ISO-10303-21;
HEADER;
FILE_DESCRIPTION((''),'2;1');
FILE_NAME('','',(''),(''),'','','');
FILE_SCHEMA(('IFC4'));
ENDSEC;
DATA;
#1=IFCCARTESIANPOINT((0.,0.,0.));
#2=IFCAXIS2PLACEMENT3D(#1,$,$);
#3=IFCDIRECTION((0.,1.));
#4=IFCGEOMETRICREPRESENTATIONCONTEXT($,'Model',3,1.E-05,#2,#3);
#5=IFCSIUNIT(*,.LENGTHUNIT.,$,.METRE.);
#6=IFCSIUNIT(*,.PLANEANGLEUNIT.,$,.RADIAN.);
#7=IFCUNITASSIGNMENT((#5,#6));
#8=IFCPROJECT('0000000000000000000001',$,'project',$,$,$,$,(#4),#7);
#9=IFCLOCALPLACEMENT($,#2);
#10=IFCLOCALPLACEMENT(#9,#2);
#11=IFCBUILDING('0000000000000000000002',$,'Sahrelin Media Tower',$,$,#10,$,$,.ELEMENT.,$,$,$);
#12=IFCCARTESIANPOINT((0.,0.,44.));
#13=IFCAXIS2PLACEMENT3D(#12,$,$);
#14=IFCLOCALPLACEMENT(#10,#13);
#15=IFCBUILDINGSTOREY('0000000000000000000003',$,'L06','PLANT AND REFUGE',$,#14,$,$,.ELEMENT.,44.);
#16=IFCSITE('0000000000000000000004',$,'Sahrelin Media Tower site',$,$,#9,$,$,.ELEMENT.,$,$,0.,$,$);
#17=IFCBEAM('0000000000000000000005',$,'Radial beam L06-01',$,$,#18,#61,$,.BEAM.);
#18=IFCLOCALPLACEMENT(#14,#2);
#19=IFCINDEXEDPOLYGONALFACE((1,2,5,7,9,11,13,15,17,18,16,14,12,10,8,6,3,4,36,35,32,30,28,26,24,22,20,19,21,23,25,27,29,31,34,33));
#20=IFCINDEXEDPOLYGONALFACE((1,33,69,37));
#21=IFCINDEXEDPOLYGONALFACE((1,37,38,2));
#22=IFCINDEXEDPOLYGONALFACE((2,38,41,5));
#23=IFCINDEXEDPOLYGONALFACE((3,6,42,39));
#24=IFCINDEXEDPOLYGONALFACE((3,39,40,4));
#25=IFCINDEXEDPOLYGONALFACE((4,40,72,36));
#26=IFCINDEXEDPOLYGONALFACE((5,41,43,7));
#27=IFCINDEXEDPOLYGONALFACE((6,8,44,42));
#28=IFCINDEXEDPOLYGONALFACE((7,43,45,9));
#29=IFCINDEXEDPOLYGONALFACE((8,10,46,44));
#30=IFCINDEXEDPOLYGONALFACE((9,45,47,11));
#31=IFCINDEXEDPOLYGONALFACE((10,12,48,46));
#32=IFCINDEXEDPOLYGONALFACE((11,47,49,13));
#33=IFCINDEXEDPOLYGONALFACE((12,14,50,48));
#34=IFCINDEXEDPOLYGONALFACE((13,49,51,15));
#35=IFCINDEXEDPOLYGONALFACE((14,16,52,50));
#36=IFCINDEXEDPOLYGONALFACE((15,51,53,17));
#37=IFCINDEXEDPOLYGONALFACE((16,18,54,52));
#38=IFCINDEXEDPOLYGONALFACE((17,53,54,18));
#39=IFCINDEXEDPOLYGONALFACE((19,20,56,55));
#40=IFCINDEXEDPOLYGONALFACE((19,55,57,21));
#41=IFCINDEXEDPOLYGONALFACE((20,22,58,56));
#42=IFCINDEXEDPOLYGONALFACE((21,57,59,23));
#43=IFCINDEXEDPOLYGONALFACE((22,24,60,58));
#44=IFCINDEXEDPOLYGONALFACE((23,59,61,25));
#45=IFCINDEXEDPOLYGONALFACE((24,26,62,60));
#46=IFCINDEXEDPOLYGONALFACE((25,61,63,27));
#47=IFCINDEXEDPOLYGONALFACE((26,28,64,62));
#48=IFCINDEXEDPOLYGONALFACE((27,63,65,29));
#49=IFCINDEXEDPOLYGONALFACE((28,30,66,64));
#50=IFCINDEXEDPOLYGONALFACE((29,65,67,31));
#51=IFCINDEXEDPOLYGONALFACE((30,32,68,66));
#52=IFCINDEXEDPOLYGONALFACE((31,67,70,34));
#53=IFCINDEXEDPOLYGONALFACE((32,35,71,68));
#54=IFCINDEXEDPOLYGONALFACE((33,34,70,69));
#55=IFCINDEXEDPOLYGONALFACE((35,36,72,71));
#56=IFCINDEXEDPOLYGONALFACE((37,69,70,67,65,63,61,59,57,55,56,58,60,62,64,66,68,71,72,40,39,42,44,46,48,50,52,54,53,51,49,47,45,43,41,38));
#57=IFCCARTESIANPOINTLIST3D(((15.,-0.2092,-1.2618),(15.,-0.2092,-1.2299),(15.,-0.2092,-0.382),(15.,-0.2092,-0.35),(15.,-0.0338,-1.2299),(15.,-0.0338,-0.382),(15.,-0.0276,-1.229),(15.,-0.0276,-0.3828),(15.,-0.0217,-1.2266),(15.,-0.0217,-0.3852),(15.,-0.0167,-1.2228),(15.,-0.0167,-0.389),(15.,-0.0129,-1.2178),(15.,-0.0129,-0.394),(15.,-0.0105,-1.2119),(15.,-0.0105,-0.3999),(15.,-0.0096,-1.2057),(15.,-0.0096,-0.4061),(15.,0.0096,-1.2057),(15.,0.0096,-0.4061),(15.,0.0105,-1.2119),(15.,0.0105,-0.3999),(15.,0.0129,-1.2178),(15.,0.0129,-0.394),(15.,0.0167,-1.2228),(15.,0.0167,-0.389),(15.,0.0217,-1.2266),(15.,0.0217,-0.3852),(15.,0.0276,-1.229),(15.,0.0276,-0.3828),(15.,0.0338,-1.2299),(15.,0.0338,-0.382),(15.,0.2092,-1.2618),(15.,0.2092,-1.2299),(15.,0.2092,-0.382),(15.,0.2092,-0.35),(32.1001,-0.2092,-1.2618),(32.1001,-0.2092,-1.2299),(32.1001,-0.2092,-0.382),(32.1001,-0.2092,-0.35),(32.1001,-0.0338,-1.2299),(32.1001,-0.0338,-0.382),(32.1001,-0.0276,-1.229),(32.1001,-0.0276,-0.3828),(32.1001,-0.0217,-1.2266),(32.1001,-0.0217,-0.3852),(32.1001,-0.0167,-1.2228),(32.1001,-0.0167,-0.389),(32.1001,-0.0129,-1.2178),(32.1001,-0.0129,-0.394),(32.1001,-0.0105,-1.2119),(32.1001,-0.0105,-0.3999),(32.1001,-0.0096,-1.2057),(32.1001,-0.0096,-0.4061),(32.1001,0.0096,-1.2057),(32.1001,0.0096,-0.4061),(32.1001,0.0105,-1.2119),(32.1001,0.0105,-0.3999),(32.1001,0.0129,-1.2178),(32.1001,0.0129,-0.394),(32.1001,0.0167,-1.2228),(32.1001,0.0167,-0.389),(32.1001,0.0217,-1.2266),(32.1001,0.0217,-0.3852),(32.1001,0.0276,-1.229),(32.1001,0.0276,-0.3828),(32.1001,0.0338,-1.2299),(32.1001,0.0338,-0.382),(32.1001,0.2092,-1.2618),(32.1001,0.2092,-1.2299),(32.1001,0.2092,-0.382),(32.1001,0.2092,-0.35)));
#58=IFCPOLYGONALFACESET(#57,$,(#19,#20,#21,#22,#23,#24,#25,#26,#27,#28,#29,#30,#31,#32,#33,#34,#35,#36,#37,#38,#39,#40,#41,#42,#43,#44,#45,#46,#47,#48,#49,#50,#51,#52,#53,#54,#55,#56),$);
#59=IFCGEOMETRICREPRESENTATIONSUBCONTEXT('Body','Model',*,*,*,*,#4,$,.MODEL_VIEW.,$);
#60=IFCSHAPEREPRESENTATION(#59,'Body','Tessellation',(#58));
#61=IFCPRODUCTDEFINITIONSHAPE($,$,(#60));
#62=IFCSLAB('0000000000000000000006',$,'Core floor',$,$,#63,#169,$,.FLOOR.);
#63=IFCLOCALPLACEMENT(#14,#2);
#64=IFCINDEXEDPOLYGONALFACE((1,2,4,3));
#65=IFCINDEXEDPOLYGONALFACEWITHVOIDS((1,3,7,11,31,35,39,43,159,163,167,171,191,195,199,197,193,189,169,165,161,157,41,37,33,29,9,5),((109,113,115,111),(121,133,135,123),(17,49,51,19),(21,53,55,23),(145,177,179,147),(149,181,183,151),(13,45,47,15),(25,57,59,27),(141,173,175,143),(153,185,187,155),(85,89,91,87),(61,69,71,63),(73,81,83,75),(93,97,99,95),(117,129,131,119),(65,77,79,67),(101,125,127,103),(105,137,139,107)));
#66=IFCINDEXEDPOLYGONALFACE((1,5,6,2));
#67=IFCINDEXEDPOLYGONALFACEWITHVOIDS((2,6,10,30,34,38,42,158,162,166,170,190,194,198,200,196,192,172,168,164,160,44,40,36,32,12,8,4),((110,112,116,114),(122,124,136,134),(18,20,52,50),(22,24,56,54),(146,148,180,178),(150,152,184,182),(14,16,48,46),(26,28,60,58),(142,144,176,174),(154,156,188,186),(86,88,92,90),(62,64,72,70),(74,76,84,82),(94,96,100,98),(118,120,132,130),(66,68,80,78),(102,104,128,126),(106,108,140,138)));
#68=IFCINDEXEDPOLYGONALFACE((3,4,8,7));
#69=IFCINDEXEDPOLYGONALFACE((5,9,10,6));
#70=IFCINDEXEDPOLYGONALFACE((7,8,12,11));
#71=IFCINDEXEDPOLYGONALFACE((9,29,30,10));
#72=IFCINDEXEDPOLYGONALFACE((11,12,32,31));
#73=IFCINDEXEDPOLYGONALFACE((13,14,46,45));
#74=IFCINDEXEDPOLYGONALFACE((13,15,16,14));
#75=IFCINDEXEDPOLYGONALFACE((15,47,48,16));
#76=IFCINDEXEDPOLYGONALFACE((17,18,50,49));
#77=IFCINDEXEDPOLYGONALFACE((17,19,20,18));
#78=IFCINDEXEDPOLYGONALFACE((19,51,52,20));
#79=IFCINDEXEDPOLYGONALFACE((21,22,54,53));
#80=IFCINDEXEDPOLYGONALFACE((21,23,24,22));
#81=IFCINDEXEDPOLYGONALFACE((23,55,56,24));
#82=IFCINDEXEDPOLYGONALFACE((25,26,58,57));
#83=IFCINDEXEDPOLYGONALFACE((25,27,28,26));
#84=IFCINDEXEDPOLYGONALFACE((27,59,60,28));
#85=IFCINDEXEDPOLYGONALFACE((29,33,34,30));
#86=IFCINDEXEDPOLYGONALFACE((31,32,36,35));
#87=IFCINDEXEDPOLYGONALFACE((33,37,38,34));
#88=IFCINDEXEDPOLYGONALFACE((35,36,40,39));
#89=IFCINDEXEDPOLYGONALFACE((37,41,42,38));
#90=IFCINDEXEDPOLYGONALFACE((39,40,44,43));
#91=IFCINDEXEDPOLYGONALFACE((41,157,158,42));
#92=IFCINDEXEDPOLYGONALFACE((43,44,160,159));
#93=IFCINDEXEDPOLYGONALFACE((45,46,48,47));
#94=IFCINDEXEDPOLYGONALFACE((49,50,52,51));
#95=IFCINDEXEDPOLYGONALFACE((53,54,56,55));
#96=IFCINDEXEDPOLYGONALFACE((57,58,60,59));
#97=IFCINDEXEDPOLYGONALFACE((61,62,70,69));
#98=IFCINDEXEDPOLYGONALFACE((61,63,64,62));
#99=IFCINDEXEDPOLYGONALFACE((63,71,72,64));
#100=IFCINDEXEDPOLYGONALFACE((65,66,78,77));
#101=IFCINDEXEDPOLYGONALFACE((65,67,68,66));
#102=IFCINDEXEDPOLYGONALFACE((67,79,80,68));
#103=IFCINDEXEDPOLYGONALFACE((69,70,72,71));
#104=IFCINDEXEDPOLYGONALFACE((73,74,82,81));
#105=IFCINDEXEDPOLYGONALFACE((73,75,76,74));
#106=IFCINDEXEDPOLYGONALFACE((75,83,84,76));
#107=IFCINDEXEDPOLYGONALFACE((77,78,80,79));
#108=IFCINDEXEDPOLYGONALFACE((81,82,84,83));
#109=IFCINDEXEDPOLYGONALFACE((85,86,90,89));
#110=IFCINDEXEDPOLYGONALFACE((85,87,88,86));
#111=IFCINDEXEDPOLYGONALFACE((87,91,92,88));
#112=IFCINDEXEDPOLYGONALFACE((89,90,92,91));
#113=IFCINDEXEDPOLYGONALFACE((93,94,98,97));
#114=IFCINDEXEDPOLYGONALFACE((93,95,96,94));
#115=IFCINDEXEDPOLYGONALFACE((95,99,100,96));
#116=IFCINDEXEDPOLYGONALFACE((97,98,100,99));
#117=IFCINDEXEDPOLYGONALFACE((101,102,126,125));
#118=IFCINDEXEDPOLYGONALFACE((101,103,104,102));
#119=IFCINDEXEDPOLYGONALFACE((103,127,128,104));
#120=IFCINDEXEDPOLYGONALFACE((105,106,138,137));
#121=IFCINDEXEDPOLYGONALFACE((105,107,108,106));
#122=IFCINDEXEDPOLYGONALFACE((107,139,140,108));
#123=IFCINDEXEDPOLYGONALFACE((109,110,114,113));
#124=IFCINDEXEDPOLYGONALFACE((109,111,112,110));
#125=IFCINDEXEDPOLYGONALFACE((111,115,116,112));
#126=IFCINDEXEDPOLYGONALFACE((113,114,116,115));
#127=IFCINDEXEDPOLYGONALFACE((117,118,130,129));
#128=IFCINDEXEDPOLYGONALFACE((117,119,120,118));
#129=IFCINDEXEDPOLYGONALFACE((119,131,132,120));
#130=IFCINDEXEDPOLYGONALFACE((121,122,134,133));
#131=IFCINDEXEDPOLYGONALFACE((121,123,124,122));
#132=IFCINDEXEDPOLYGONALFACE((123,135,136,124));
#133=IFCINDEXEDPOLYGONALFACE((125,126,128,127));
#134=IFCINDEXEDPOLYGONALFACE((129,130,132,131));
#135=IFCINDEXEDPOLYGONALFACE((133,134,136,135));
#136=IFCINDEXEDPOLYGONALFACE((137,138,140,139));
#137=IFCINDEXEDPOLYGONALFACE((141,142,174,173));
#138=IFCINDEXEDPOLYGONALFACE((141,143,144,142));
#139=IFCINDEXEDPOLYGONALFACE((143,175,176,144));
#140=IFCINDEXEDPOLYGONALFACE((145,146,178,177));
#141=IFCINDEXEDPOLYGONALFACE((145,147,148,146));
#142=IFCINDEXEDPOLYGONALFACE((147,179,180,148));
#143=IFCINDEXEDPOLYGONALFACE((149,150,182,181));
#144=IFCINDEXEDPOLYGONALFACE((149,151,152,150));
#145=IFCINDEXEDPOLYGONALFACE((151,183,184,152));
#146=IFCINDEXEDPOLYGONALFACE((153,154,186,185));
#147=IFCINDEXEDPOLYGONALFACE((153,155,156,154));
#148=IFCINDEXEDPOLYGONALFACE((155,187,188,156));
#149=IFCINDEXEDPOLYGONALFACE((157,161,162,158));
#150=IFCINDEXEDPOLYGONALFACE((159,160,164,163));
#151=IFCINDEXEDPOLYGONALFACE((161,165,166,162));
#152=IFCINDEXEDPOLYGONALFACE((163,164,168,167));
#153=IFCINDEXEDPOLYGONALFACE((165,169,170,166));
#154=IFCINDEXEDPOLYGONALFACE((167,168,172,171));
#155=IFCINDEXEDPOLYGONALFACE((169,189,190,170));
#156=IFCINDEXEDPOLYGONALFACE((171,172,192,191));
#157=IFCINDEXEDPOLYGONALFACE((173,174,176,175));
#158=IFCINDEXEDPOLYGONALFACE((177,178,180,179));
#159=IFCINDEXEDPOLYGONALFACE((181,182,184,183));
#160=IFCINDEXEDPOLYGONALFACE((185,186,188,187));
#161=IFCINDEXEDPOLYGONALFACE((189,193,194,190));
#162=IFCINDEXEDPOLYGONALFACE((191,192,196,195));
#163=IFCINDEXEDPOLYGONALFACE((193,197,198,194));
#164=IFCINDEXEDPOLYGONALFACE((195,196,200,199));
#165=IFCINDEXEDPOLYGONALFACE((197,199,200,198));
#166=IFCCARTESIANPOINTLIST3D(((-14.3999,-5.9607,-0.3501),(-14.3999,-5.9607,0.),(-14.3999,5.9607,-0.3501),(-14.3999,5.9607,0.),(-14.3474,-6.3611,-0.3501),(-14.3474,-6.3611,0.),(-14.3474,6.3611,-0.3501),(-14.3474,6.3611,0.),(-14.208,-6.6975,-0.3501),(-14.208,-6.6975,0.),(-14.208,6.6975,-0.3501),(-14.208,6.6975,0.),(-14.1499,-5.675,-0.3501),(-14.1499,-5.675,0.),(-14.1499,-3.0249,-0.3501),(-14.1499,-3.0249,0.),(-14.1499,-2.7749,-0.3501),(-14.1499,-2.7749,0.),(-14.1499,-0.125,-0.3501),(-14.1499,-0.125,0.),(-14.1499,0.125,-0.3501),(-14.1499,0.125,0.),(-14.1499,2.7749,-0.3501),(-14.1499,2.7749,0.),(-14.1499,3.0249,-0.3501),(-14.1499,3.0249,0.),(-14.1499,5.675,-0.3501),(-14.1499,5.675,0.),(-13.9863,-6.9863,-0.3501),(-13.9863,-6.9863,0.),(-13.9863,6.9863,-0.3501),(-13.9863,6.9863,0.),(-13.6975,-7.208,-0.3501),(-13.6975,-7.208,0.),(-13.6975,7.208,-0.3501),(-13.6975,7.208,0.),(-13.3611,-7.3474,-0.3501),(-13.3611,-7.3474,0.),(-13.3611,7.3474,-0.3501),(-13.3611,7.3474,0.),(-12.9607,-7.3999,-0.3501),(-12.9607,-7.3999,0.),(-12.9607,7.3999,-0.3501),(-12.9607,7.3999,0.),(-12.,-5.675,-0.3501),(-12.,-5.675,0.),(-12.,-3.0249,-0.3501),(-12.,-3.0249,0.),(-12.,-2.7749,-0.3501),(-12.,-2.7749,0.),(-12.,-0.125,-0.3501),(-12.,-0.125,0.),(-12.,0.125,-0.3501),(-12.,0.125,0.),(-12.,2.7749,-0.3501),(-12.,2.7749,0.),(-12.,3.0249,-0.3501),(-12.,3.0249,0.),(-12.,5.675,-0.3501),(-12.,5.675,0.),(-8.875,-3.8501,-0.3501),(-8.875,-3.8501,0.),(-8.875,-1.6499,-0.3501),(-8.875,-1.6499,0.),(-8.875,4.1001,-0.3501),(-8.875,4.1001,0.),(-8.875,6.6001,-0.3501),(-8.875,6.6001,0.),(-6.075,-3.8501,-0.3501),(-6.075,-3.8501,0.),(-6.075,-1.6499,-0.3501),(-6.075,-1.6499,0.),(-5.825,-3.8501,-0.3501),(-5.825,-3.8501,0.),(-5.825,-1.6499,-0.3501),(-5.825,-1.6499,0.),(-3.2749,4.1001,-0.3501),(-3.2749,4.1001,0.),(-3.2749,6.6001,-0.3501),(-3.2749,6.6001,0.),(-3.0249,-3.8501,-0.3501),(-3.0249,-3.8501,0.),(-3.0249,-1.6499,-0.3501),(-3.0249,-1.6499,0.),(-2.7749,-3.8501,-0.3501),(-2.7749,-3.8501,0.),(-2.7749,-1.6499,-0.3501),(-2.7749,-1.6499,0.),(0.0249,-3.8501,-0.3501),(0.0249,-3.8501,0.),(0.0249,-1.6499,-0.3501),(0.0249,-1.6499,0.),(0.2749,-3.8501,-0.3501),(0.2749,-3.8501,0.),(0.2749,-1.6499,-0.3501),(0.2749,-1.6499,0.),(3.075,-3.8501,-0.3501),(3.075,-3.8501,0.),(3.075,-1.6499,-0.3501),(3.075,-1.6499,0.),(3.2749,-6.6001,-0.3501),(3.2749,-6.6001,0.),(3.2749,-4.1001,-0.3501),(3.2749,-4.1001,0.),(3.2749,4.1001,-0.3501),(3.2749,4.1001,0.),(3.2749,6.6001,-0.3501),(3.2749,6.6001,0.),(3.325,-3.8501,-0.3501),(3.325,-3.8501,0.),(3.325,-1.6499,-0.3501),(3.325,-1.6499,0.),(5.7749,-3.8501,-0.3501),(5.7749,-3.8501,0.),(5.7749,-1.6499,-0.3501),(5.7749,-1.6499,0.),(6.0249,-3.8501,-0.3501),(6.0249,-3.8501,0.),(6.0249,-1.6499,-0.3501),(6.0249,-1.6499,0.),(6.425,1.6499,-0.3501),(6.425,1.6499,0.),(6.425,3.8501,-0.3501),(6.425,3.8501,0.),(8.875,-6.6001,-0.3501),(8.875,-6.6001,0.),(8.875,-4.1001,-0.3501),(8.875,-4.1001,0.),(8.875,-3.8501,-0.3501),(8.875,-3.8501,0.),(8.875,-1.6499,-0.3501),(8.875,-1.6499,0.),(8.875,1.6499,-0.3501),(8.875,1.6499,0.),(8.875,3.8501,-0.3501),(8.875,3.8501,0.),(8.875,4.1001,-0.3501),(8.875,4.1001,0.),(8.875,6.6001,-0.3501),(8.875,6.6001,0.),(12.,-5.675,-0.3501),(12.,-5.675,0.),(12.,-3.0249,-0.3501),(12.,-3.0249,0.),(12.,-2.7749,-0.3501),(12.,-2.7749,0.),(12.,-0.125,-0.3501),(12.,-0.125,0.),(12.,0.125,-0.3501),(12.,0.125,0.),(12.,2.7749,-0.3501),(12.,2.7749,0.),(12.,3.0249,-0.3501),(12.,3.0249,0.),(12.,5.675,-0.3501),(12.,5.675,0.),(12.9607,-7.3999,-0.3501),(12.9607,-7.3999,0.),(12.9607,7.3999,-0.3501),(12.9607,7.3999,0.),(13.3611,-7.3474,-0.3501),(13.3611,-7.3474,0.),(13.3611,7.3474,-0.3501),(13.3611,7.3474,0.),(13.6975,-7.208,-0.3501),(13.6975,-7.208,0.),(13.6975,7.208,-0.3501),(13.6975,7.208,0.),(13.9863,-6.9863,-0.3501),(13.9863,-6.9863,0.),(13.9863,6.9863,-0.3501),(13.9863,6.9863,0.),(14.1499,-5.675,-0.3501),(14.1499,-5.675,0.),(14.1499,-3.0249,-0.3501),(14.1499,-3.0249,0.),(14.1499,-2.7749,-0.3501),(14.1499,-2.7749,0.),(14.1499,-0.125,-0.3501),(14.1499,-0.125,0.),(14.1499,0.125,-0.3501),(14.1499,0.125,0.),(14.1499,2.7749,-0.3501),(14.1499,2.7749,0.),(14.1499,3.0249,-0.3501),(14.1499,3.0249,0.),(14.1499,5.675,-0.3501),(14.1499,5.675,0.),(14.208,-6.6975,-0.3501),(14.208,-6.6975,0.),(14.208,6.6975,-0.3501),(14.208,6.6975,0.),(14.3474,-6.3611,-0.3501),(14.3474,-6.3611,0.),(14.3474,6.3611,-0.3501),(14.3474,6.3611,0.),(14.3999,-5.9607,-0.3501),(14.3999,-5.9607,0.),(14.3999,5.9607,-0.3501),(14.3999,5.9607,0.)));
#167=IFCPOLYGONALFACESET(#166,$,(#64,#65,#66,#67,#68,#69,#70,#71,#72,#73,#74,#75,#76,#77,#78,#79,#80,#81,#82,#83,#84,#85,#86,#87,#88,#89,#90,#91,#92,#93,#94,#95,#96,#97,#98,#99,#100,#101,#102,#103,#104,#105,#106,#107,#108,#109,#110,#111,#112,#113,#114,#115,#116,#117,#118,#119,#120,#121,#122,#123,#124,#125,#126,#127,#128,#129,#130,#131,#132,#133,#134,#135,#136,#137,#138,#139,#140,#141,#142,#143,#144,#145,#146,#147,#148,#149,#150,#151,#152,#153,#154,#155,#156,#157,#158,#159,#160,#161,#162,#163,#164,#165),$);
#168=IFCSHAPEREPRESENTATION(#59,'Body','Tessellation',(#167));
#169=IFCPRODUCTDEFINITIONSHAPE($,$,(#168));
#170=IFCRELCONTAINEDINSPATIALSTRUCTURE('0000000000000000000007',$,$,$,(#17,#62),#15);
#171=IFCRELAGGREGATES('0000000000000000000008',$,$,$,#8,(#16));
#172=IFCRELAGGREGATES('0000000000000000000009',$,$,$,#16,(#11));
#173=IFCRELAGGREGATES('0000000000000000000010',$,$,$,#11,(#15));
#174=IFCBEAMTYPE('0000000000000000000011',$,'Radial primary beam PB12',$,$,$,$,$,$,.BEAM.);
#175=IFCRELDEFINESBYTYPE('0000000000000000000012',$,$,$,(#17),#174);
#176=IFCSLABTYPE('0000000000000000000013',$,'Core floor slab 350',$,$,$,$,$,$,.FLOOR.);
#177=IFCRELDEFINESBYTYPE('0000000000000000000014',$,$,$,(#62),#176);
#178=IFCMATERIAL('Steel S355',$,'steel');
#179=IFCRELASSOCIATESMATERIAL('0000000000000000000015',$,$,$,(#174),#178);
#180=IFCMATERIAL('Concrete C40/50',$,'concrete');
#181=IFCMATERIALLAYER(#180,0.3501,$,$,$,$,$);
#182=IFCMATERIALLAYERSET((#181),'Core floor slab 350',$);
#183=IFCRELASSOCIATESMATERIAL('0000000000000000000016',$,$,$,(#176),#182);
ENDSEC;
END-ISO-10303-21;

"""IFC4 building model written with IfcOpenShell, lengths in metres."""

from ifc_helpers import new_model, si_unit, direction, frame, origin, origin_2d, place, context, subcontext, project, spatial, polyline, i_section, outline, extrude, material, layer, layer_set, material_profile, profile_set, type_object, element, save


model = new_model("IFC4")

# Units and contexts
model_context = context("Model", 3, precision=1e-05, world=origin(), true_north=direction((0.0, 1.0)))
body_context = subcontext(model_context, "Body", "Model", "MODEL_VIEW")
ifc_project = project(units=[si_unit("LENGTHUNIT", "METRE"), si_unit("PLANEANGLEUNIT", "RADIAN")], contexts=[model_context])

# Site, building, storey
site_placement = place(None, origin())
site = spatial("IfcSite", under=ifc_project, at=site_placement, Name="Sahrelin Media Tower site", CompositionType="ELEMENT", RefElevation=0.0)
building_placement = place(site_placement, origin())
building = spatial("IfcBuilding", under=site, at=building_placement, Name="Sahrelin Media Tower", CompositionType="ELEMENT")
storey_placement = place(building_placement, frame((0.0, 0.0, 44.0)))
storey = spatial("IfcBuildingStorey", under=building, at=storey_placement, Name="L06", Description="PLANT AND REFUGE", CompositionType="ELEMENT", Elevation=44.0)

# Beam
ifc_material_1 = material(Name="Steel S355", Category="steel")
ifc_material_profile = material_profile(ifc_material_1, i_section(OverallWidth=0.4185, OverallDepth=0.9119, WebThickness=0.0193, FlangeThickness=0.032, FilletRadius=0.0242, at=origin_2d()), Name="UB 914x419x343")
ifc_profile_set = profile_set([ifc_material_profile], Name="Steel S355")
beam_type = type_object("IfcBeamType", Name="Radial primary beam PB12", PredefinedType="BEAM", material=ifc_profile_set)
beam_placement = place(storey_placement, frame((15.0, 0.0, -0.8059), z_axis=(1.0, 0.0, 0.0), x_axis=(0.0, 1.0, 0.0)))
element("IfcBeam", 1, at=beam_placement, inside=storey, type_object=beam_type, Name="Radial beam L06-01", PredefinedType="BEAM", context=body_context, shape_type="SweptSolid", body=[
    extrude(i_section(OverallWidth=0.4185, OverallDepth=0.9119, WebThickness=0.0193, FlangeThickness=0.032, FilletRadius=0.0242, at=origin_2d()), origin(), (0.0, 0.0, 1.0), 17.1001),
])

# Slab
ifc_material_2 = material(Name="Concrete C40/50", Category="concrete")
ifc_layer_1 = layer(ifc_material_2, 0.3501)
ifc_layer_set_1 = layer_set([ifc_layer_1], Name="Core floor slab 350")
slab_type_1 = type_object("IfcSlabType", Name="Core floor slab 350", PredefinedType="FLOOR", material=ifc_layer_set_1)
slab_1_placement = place(storey_placement, frame((0.0, 0.0, -0.3501)))
element("IfcSlab", 2, at=slab_1_placement, inside=storey, type_object=slab_type_1, Name="Core floor", PredefinedType="FLOOR", context=body_context, shape_type="SweptSolid", body=[
    extrude(outline(polyline([(-13.9863, 6.9863), (-14.208, 6.6975), (-14.3474, 6.3611), (-14.3999, 5.9607), (-14.3999, -5.9607), (-14.3474, -6.3611), (-14.208, -6.6975), (-13.9863, -6.9863), (-13.6975, -7.208), (-13.3611, -7.3474), (-12.9607, -7.3999), (12.9607, -7.3999), (13.3611, -7.3474), (13.6975, -7.208), (13.9863, -6.9863), (14.208, -6.6975), (14.3474, -6.3611), (14.3999, -5.9607), (14.3999, 5.9607), (14.3474, 6.3611), (14.208, 6.6975), (13.9863, 6.9863), (13.6975, 7.208), (13.3611, 7.3474), (12.9607, 7.3999), (-12.9607, 7.3999), (-13.3611, 7.3474), (-13.6975, 7.208), (-13.9863, 6.9863)]), holes=[polyline([(-14.1499, 5.675), (-14.1499, 3.0249), (-12.0, 3.0249), (-12.0, 5.675), (-14.1499, 5.675)]), polyline([(-12.0, 2.7749), (-14.1499, 2.7749), (-14.1499, 0.125), (-12.0, 0.125), (-12.0, 2.7749)]), polyline([(-12.0, -2.7749), (-12.0, -0.125), (-14.1499, -0.125), (-14.1499, -2.7749), (-12.0, -2.7749)]), polyline([(-14.1499, -5.675), (-12.0, -5.675), (-12.0, -3.0249), (-14.1499, -3.0249), (-14.1499, -5.675)]), polyline([(12.0, 5.675), (12.0, 3.0249), (14.1499, 3.0249), (14.1499, 5.675), (12.0, 5.675)]), polyline([(14.1499, 2.7749), (12.0, 2.7749), (12.0, 0.125), (14.1499, 0.125), (14.1499, 2.7749)]), polyline([(14.1499, -2.7749), (14.1499, -0.125), (12.0, -0.125), (12.0, -2.7749), (14.1499, -2.7749)]), polyline([(12.0, -5.675), (14.1499, -5.675), (14.1499, -3.0249), (12.0, -3.0249), (12.0, -5.675)]), polyline([(6.425, 3.8501), (6.425, 1.6499), (8.875, 1.6499), (8.875, 3.8501), (6.425, 3.8501)]), polyline([(-6.075, -1.6499), (-8.875, -1.6499), (-8.875, -3.8501), (-6.075, -3.8501), (-6.075, -1.6499)]), polyline([(-3.0249, -3.8501), (-3.0249, -1.6499), (-5.825, -1.6499), (-5.825, -3.8501), (-3.0249, -3.8501)]), polyline([(-2.7749, -3.8501), (0.0249, -3.8501), (0.0249, -1.6499), (-2.7749, -1.6499), (-2.7749, -3.8501)]), polyline([(0.2749, -1.6499), (0.2749, -3.8501), (3.075, -3.8501), (3.075, -1.6499), (0.2749, -1.6499)]), polyline([(5.7749, -1.6499), (3.325, -1.6499), (3.325, -3.8501), (5.7749, -3.8501), (5.7749, -1.6499)]), polyline([(8.875, -3.8501), (8.875, -1.6499), (6.0249, -1.6499), (6.0249, -3.8501), (8.875, -3.8501)]), polyline([(-8.875, 6.6001), (-8.875, 4.1001), (-3.2749, 4.1001), (-3.2749, 6.6001), (-8.875, 6.6001)]), polyline([(3.2749, 4.1001), (8.875, 4.1001), (8.875, 6.6001), (3.2749, 6.6001), (3.2749, 4.1001)]), polyline([(3.2749, -4.1001), (3.2749, -6.6001), (8.875, -6.6001), (8.875, -4.1001), (3.2749, -4.1001)])]), origin(), (0.0, 0.0, 1.0), 0.3501),
])

save(model, "model.ifc")
